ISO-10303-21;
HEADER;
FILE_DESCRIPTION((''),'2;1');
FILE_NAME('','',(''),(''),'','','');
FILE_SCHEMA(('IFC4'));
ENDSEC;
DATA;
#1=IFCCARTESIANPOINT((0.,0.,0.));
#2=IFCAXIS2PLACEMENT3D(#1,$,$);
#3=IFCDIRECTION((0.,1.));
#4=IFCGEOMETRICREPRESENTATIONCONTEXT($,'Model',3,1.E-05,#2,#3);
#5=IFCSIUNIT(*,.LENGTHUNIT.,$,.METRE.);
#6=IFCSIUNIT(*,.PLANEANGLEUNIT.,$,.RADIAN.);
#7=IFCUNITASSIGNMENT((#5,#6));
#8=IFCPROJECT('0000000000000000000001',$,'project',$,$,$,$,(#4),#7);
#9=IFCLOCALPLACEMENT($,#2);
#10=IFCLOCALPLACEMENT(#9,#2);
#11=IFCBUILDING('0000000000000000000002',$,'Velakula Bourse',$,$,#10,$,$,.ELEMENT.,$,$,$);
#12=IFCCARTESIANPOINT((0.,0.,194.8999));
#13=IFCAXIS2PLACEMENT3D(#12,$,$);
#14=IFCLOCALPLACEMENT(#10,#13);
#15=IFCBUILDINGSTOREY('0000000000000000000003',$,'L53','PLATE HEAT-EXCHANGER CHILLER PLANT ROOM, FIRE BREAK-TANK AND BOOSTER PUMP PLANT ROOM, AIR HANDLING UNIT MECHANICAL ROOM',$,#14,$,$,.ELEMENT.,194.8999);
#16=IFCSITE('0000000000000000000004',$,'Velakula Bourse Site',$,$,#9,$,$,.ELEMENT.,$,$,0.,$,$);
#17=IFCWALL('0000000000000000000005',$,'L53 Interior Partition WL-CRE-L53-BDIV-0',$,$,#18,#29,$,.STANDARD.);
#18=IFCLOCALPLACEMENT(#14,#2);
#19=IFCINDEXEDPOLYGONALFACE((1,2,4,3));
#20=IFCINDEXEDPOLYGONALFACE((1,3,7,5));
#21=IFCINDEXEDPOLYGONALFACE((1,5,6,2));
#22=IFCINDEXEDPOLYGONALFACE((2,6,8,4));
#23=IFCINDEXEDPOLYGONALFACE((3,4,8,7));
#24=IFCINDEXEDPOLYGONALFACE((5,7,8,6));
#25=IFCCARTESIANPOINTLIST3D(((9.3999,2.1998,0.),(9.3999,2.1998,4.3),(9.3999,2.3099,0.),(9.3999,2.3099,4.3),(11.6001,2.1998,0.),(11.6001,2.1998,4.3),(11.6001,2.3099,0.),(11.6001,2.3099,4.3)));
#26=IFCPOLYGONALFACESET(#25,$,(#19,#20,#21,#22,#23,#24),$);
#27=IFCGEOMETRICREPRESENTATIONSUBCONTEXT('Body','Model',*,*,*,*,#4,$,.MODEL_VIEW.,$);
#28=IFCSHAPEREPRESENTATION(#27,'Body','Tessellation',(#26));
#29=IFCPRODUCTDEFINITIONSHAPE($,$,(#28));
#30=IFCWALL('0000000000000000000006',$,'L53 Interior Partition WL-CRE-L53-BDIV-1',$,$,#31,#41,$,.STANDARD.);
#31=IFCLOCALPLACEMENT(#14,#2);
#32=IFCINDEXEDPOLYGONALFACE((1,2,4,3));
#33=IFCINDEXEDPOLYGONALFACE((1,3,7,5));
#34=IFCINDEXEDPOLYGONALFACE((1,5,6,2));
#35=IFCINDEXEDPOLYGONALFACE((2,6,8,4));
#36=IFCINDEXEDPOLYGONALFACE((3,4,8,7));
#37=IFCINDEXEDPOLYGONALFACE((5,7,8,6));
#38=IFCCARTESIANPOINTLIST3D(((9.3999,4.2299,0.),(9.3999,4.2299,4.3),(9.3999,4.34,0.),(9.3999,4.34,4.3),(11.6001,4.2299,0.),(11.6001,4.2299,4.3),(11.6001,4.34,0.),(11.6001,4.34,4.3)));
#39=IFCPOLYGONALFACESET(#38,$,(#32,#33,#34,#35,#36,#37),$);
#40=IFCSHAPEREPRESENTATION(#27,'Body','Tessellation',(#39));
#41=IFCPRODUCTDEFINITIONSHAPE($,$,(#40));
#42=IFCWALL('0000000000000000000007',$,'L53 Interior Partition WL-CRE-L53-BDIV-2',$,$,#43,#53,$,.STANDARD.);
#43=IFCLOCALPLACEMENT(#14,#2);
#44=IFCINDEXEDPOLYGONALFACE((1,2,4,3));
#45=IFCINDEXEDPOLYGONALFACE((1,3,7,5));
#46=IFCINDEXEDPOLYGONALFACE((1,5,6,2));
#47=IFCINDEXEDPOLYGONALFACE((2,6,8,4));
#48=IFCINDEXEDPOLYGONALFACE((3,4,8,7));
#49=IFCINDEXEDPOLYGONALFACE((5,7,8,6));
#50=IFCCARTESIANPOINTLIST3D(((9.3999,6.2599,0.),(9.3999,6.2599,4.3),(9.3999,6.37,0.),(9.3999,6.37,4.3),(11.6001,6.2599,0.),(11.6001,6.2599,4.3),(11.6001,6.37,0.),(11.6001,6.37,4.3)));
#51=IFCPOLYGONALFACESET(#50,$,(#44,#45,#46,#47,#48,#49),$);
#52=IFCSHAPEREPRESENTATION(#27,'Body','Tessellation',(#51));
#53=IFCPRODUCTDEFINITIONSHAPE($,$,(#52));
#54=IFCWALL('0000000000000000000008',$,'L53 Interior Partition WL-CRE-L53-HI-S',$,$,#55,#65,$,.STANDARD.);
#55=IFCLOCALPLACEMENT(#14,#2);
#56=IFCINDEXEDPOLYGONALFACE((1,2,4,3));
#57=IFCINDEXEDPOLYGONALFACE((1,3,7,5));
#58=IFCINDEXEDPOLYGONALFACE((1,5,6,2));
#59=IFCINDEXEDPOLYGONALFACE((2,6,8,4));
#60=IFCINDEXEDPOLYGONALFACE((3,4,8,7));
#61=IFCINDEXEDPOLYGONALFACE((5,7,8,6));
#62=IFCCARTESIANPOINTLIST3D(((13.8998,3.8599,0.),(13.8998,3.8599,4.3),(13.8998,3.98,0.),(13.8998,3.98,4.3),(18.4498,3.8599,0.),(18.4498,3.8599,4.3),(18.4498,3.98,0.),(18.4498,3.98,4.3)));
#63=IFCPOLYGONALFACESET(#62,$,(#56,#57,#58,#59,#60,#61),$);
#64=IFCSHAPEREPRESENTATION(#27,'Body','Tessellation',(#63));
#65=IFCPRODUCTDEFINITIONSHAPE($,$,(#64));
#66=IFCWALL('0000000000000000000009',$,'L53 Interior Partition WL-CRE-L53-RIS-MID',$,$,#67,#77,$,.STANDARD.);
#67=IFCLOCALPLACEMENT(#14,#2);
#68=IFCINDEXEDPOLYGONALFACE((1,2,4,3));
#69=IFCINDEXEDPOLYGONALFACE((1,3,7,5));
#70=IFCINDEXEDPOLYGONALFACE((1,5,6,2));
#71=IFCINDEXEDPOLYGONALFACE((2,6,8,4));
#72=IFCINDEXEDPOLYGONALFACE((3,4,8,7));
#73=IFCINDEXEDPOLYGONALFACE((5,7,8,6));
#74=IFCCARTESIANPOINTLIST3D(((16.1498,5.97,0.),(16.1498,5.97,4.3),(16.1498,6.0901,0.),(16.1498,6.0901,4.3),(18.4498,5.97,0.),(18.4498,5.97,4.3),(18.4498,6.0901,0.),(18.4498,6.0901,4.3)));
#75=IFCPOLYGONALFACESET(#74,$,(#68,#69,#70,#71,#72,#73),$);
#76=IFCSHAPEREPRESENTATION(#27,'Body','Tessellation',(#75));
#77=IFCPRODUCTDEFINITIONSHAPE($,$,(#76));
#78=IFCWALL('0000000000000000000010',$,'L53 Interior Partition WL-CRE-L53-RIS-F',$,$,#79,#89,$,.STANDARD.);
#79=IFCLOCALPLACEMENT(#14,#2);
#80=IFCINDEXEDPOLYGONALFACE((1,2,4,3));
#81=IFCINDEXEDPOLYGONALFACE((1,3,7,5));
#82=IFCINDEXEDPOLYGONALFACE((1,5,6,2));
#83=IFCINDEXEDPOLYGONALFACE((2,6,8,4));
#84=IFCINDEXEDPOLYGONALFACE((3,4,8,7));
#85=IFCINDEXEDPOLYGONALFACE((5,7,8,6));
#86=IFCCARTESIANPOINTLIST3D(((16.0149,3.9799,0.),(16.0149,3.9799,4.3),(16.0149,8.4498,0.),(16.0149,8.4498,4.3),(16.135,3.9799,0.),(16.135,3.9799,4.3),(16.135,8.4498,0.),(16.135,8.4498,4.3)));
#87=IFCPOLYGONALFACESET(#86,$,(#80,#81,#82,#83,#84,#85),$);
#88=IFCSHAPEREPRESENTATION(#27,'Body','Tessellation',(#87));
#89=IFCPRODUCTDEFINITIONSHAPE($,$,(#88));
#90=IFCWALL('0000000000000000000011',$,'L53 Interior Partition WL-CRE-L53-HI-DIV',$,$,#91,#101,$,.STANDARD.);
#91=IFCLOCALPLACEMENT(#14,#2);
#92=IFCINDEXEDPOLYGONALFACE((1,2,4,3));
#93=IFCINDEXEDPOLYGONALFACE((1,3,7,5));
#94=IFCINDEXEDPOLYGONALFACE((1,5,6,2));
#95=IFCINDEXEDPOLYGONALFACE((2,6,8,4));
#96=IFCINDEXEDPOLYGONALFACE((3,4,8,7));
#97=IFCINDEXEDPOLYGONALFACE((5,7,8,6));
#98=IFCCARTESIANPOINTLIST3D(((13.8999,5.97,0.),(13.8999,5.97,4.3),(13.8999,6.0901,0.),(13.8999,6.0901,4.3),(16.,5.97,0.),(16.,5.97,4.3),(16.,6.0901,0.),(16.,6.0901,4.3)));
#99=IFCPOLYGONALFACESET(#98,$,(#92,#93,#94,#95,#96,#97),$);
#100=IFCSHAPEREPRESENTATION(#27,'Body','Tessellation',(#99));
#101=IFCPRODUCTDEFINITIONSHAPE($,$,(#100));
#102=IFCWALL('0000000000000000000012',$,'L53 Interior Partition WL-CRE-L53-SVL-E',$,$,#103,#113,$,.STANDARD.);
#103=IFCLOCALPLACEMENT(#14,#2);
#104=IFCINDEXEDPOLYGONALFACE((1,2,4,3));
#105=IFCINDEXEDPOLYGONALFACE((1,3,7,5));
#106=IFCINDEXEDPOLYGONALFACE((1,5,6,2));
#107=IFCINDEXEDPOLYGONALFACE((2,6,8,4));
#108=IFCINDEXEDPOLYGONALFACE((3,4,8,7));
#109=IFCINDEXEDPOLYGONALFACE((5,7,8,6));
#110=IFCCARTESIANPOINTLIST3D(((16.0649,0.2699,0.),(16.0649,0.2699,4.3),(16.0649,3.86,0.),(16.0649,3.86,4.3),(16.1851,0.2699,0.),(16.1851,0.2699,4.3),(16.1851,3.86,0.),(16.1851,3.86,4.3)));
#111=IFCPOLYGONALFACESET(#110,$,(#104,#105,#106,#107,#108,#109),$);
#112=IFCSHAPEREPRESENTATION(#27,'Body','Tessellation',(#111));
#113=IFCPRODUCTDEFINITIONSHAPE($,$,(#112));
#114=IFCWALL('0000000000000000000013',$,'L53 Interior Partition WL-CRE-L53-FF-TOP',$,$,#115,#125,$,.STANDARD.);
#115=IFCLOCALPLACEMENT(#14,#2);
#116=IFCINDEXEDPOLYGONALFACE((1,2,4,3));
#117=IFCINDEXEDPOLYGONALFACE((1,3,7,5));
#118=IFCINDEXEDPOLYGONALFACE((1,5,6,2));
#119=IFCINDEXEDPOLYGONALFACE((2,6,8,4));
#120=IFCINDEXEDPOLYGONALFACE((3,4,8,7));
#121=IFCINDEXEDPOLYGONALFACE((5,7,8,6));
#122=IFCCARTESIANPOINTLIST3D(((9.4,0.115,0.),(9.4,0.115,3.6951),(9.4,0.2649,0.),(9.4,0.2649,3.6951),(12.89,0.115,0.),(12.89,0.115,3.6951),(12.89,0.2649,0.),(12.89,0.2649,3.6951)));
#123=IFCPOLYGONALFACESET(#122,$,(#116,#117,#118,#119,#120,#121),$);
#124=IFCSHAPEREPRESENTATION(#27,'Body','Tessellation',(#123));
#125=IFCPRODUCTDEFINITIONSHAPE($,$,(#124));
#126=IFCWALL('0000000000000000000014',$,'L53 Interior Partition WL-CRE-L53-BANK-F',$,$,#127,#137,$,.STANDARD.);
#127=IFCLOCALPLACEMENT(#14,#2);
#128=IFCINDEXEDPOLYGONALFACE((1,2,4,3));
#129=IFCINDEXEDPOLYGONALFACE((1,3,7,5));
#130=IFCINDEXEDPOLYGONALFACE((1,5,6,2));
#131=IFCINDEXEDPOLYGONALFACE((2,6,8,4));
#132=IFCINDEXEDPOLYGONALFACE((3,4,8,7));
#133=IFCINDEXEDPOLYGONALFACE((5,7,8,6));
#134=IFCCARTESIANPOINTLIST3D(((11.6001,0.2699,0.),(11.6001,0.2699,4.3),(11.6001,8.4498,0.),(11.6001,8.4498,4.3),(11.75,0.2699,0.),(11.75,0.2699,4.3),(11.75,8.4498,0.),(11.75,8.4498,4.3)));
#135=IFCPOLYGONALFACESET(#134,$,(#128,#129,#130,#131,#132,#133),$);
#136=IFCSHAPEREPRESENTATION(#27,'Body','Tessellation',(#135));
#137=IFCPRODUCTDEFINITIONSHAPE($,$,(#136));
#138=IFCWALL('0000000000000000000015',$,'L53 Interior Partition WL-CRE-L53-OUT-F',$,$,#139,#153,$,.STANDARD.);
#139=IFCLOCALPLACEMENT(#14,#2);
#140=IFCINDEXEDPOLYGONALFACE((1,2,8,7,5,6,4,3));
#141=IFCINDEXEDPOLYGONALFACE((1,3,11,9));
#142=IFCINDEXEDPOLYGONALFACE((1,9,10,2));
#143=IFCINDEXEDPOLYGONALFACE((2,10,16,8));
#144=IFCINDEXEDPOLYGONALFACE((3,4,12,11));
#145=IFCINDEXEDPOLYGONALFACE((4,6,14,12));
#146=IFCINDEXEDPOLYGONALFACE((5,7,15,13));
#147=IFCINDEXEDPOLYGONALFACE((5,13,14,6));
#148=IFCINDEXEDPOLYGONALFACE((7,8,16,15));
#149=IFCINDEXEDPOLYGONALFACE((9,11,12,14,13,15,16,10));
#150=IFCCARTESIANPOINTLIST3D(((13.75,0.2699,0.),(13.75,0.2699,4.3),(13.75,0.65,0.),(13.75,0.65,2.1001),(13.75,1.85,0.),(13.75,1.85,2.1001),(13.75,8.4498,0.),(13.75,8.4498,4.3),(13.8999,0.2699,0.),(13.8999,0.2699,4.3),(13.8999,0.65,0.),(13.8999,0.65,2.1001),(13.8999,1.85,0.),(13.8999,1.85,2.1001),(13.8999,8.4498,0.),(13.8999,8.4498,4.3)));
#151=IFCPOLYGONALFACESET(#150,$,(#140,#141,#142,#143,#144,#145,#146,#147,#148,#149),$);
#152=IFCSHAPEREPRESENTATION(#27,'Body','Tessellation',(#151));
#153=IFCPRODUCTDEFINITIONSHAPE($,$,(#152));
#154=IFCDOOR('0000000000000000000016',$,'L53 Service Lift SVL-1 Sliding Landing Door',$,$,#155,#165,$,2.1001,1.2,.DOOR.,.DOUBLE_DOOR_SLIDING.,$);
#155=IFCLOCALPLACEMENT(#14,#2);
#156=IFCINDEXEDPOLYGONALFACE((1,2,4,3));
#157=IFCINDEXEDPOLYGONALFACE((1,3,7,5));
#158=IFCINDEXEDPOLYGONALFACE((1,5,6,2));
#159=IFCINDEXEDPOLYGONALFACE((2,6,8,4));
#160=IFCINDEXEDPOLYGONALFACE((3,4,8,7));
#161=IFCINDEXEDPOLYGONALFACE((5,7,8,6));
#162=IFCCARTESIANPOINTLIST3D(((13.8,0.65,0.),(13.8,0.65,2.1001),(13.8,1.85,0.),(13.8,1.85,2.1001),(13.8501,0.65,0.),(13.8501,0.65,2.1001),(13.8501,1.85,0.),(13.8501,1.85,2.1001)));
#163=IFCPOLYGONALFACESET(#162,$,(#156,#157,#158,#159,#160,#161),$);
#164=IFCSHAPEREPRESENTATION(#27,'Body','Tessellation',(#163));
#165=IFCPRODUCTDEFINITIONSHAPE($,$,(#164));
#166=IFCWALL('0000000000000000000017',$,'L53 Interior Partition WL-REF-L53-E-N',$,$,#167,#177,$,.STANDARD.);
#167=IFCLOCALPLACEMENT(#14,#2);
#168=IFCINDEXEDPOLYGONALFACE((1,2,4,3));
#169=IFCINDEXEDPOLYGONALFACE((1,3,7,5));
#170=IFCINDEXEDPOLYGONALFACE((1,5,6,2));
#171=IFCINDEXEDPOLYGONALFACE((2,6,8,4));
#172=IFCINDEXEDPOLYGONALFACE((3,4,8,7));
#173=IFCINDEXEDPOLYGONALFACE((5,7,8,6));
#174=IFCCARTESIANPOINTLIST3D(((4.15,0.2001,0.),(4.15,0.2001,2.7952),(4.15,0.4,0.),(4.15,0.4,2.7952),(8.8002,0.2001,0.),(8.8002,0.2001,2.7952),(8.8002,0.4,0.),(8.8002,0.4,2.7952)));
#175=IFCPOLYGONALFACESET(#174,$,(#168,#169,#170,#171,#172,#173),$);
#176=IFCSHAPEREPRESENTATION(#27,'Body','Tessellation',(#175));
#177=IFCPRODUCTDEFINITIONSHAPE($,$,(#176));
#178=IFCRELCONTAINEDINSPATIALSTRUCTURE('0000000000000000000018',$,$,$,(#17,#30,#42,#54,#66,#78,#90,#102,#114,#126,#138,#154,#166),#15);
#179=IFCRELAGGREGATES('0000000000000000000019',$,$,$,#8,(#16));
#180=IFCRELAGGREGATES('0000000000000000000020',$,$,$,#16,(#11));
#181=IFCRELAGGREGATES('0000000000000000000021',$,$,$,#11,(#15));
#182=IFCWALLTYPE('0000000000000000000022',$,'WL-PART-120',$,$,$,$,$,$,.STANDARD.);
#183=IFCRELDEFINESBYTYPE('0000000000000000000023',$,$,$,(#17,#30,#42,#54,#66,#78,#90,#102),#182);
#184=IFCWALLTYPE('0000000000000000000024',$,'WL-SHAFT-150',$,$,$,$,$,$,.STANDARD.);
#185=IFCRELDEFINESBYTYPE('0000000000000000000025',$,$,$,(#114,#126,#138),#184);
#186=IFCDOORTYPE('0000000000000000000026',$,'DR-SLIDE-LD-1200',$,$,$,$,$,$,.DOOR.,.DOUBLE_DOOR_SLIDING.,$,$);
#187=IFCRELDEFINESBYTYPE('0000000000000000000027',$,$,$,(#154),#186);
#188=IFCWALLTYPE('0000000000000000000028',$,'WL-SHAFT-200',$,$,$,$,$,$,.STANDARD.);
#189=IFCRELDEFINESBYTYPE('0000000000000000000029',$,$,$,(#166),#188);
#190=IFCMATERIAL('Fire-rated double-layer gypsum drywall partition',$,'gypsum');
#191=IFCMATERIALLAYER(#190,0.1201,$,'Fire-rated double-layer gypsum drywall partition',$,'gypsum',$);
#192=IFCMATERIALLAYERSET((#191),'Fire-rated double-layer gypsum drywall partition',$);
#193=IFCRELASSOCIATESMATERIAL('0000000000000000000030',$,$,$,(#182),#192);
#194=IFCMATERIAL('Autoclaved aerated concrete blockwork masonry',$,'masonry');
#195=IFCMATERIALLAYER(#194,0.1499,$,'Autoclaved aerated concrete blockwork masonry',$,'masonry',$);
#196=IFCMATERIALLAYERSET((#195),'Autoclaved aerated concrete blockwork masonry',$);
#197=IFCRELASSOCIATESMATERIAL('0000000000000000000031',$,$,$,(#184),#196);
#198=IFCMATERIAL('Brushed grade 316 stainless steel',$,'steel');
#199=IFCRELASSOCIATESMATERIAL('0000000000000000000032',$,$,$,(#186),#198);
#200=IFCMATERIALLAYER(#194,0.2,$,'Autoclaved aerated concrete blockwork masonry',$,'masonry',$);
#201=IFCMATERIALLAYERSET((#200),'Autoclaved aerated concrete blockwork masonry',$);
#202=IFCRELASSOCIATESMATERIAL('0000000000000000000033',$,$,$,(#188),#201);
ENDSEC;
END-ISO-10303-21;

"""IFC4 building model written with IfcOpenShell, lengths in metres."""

from ifc_helpers import new_model, si_unit, direction, frame, frame_2d, origin, place, context, subcontext, project, spatial, rectangle, extrude, material, layer, layer_set, type_object, element, fill, save


model = new_model("IFC4")

# Units and contexts
model_context = context("Model", 3, precision=1e-05, world=origin(), true_north=direction((0.0, 1.0)))
body_context = subcontext(model_context, "Body", "Model", "MODEL_VIEW")
ifc_project = project(units=[si_unit("LENGTHUNIT", "METRE"), si_unit("PLANEANGLEUNIT", "RADIAN")], contexts=[model_context])

# Site, building, storey
site_placement = place(None, origin())
site = spatial("IfcSite", under=ifc_project, at=site_placement, Name="Velakula Bourse Site", CompositionType="ELEMENT", RefElevation=0.0)
building_placement = place(site_placement, origin())
building = spatial("IfcBuilding", under=site, at=building_placement, Name="Velakula Bourse", CompositionType="ELEMENT")
storey_placement = place(building_placement, frame((0.0, 0.0, 194.8999)))
storey = spatial("IfcBuildingStorey", under=building, at=storey_placement, Name="L53", Description="PLATE HEAT-EXCHANGER CHILLER PLANT ROOM, FIRE BREAK-TANK AND BOOSTER PUMP PLANT ROOM, AIR HANDLING UNIT MECHANICAL ROOM", CompositionType="ELEMENT", Elevation=194.8999)

# Shared definitions
ifc_material_1 = material(Name="Fire-rated double-layer gypsum drywall partition", Category="gypsum")
ifc_layer_1 = layer(ifc_material_1, 0.1201, Name="Fire-rated double-layer gypsum drywall partition", Category="gypsum")
ifc_layer_set_1 = layer_set([ifc_layer_1], Name="Fire-rated double-layer gypsum drywall partition")
wall_type_1 = type_object("IfcWallType", Name="WL-PART-120", PredefinedType="STANDARD", material=ifc_layer_set_1)

# Walls
for number, where, z_axis, x_axis, name in (
    (1, (9.3999, 2.2549, 0.0), (0.0, 0.0, 1.0), (1.0, 0.0, 0.0), "L53 Interior Partition WL-CRE-L53-BDIV-0"),
    (2, (9.3999, 4.2849, 0.0), (0.0, 0.0, 1.0), (1.0, 0.0, 0.0), "L53 Interior Partition WL-CRE-L53-BDIV-1"),
    (3, (9.3999, 6.3149, 0.0), (0.0, 0.0, 1.0), (1.0, 0.0, 0.0), "L53 Interior Partition WL-CRE-L53-BDIV-2"),
):
    element("IfcWall", number, at=place(storey_placement, frame(where, z_axis=z_axis, x_axis=x_axis)), inside=storey, type_object=wall_type_1, Name=name, PredefinedType="STANDARD", context=body_context, shape_type="SweptSolid", body=[
        extrude(rectangle(XDim=2.2002, YDim=0.1101, at=frame_2d((1.1001, 0.0))), origin(), (0.0, 0.0, 1.0), 4.3),
    ])
wall_1_placement = place(storey_placement, frame((13.8999, 3.9199, 0.0), z_axis=(0.0, 0.0, 1.0), x_axis=(1.0, 0.0, 0.0)))
element("IfcWall", 4, at=wall_1_placement, inside=storey, type_object=wall_type_1, Name="L53 Interior Partition WL-CRE-L53-HI-S", PredefinedType="STANDARD", context=body_context, shape_type="SweptSolid", body=[
    extrude(rectangle(XDim=4.55, YDim=0.1201, at=frame_2d((2.2749, 0.0))), origin(), (0.0, 0.0, 1.0), 4.3),
])
wall_2_placement = place(storey_placement, frame((16.1499, 6.03, 0.0), z_axis=(0.0, 0.0, 1.0), x_axis=(1.0, 0.0, 0.0)))
element("IfcWall", 5, at=wall_2_placement, inside=storey, type_object=wall_type_1, Name="L53 Interior Partition WL-CRE-L53-RIS-MID", PredefinedType="STANDARD", context=body_context, shape_type="SweptSolid", body=[
    extrude(rectangle(XDim=2.3, YDim=0.1201, at=frame_2d((1.1499, 0.0))), origin(), (0.0, 0.0, 1.0), 4.3),
])
wall_3_placement = place(storey_placement, frame((16.075, 3.98, 0.0), z_axis=(0.0, 0.0, 1.0), x_axis=(0.0, 1.0, 0.0)))
element("IfcWall", 6, at=wall_3_placement, inside=storey, type_object=wall_type_1, Name="L53 Interior Partition WL-CRE-L53-RIS-F", PredefinedType="STANDARD", context=body_context, shape_type="SweptSolid", body=[
    extrude(rectangle(XDim=4.47, YDim=0.1201, at=frame_2d((2.2349, 0.0))), origin(), (0.0, 0.0, 1.0), 4.3),
])
wall_4_placement = place(storey_placement, frame((13.8999, 6.03, 0.0), z_axis=(0.0, 0.0, 1.0), x_axis=(1.0, 0.0, 0.0)))
element("IfcWall", 7, at=wall_4_placement, inside=storey, type_object=wall_type_1, Name="L53 Interior Partition WL-CRE-L53-HI-DIV", PredefinedType="STANDARD", context=body_context, shape_type="SweptSolid", body=[
    extrude(rectangle(XDim=2.1001, YDim=0.1201, at=frame_2d((1.05, 0.0))), origin(), (0.0, 0.0, 1.0), 4.3),
])
wall_5_placement = place(storey_placement, frame((16.125, 0.27, 0.0), z_axis=(0.0, 0.0, 1.0), x_axis=(0.0, 1.0, 0.0)))
element("IfcWall", 8, at=wall_5_placement, inside=storey, type_object=wall_type_1, Name="L53 Interior Partition WL-CRE-L53-SVL-E", PredefinedType="STANDARD", context=body_context, shape_type="SweptSolid", body=[
    extrude(rectangle(XDim=3.5901, YDim=0.1201, at=frame_2d((1.7949, 0.0))), origin(), (0.0, 0.0, 1.0), 4.3),
])
ifc_material_2 = material(Name="Autoclaved aerated concrete blockwork masonry", Category="masonry")
ifc_layer_2 = layer(ifc_material_2, 0.1499, Name="Autoclaved aerated concrete blockwork masonry", Category="masonry")
ifc_layer_set_2 = layer_set([ifc_layer_2], Name="Autoclaved aerated concrete blockwork masonry")
wall_type_2 = type_object("IfcWallType", Name="WL-SHAFT-150", PredefinedType="STANDARD", material=ifc_layer_set_2)
wall_6_placement = place(storey_placement, frame((9.3999, 0.1899, 0.0), z_axis=(0.0, 0.0, 1.0), x_axis=(1.0, 0.0, 0.0)))
element("IfcWall", 9, at=wall_6_placement, inside=storey, type_object=wall_type_2, Name="L53 Interior Partition WL-CRE-L53-FF-TOP", PredefinedType="STANDARD", context=body_context, shape_type="SweptSolid", body=[
    extrude(rectangle(XDim=3.49, YDim=0.1499, at=frame_2d((1.7451, 0.0))), origin(), (0.0, 0.0, 1.0), 3.6951),
])
wall_7_placement = place(storey_placement, frame((11.675, 0.27, 0.0), z_axis=(0.0, 0.0, 1.0), x_axis=(0.0, 1.0, 0.0)))
element("IfcWall", 10, at=wall_7_placement, inside=storey, type_object=wall_type_2, Name="L53 Interior Partition WL-CRE-L53-BANK-F", PredefinedType="STANDARD", context=body_context, shape_type="SweptSolid", body=[
    extrude(rectangle(XDim=8.1799, YDim=0.1499, at=frame_2d((4.0898, 0.0))), origin(), (0.0, 0.0, 1.0), 4.3),
])

# Wall, opening, door
wall_8_placement = place(storey_placement, frame((13.825, 0.27, 0.0), z_axis=(0.0, 0.0, 1.0), x_axis=(0.0, 1.0, 0.0)))
wall_8 = element("IfcWall", 11, at=wall_8_placement, inside=storey, type_object=wall_type_2, Name="L53 Interior Partition WL-CRE-L53-OUT-F", PredefinedType="STANDARD", context=body_context, shape_type="SweptSolid", body=[
    extrude(rectangle(XDim=8.1799, YDim=0.1499, at=frame_2d((4.0898, 0.0))), origin(), (0.0, 0.0, 1.0), 4.3),
])
opening_1_placement = place(wall_8_placement, frame((0.3799, 0.0, 0.0)))
opening_1 = element("IfcOpeningElement", 12, at=opening_1_placement, cuts=wall_8, PredefinedType="OPENING", context=body_context, shape_type="SweptSolid", body=[
    extrude(rectangle(XDim=1.2, YDim=2.1001, at=frame_2d((0.6001, 1.05))), frame((0.0, 0.085, 0.0), z_axis=(0.0, -1.0, 0.0), x_axis=(1.0, 0.0, 0.0)), (0.0, 0.0, 1.0), 0.1699),
])
ifc_material_3 = material(Name="Brushed grade 316 stainless steel", Category="steel")
door_type_1 = type_object("IfcDoorType", Name="DR-SLIDE-LD-1200", OperationType="DOUBLE_DOOR_SLIDING", PredefinedType="DOOR", material=ifc_material_3)
door_1_placement = place(opening_1_placement, origin())
door_1 = element("IfcDoor", 13, at=door_1_placement, inside=storey, type_object=door_type_1, Name="L53 Service Lift SVL-1 Sliding Landing Door", OperationType="DOUBLE_DOOR_SLIDING", OverallHeight=2.1001, OverallWidth=1.2, PredefinedType="DOOR", context=body_context, shape_type="SweptSolid", body=[
    extrude(rectangle(XDim=1.2, YDim=2.1001, at=frame_2d((0.6001, 1.05))), frame((0.0, 0.0249, 0.0), z_axis=(0.0, -1.0, 0.0), x_axis=(1.0, 0.0, 0.0)), (0.0, 0.0, 1.0), 0.05),
])
fill(opening_1, door_1)

# Wall
ifc_layer_3 = layer(ifc_material_2, 0.2, Name="Autoclaved aerated concrete blockwork masonry", Category="masonry")
ifc_layer_set_3 = layer_set([ifc_layer_3], Name="Autoclaved aerated concrete blockwork masonry")
wall_type_3 = type_object("IfcWallType", Name="WL-SHAFT-200", PredefinedType="STANDARD", material=ifc_layer_set_3)
wall_9_placement = place(storey_placement, frame((4.1499, 0.3, 0.0), z_axis=(0.0, 0.0, 1.0), x_axis=(1.0, 0.0, 0.0)))
element("IfcWall", 14, at=wall_9_placement, inside=storey, type_object=wall_type_3, Name="L53 Interior Partition WL-REF-L53-E-N", PredefinedType="STANDARD", context=body_context, shape_type="SweptSolid", body=[
    extrude(rectangle(XDim=4.6501, YDim=0.2, at=frame_2d((2.3252, 0.0))), origin(), (0.0, 0.0, 1.0), 2.7952),
])

save(model, "model.ifc")
